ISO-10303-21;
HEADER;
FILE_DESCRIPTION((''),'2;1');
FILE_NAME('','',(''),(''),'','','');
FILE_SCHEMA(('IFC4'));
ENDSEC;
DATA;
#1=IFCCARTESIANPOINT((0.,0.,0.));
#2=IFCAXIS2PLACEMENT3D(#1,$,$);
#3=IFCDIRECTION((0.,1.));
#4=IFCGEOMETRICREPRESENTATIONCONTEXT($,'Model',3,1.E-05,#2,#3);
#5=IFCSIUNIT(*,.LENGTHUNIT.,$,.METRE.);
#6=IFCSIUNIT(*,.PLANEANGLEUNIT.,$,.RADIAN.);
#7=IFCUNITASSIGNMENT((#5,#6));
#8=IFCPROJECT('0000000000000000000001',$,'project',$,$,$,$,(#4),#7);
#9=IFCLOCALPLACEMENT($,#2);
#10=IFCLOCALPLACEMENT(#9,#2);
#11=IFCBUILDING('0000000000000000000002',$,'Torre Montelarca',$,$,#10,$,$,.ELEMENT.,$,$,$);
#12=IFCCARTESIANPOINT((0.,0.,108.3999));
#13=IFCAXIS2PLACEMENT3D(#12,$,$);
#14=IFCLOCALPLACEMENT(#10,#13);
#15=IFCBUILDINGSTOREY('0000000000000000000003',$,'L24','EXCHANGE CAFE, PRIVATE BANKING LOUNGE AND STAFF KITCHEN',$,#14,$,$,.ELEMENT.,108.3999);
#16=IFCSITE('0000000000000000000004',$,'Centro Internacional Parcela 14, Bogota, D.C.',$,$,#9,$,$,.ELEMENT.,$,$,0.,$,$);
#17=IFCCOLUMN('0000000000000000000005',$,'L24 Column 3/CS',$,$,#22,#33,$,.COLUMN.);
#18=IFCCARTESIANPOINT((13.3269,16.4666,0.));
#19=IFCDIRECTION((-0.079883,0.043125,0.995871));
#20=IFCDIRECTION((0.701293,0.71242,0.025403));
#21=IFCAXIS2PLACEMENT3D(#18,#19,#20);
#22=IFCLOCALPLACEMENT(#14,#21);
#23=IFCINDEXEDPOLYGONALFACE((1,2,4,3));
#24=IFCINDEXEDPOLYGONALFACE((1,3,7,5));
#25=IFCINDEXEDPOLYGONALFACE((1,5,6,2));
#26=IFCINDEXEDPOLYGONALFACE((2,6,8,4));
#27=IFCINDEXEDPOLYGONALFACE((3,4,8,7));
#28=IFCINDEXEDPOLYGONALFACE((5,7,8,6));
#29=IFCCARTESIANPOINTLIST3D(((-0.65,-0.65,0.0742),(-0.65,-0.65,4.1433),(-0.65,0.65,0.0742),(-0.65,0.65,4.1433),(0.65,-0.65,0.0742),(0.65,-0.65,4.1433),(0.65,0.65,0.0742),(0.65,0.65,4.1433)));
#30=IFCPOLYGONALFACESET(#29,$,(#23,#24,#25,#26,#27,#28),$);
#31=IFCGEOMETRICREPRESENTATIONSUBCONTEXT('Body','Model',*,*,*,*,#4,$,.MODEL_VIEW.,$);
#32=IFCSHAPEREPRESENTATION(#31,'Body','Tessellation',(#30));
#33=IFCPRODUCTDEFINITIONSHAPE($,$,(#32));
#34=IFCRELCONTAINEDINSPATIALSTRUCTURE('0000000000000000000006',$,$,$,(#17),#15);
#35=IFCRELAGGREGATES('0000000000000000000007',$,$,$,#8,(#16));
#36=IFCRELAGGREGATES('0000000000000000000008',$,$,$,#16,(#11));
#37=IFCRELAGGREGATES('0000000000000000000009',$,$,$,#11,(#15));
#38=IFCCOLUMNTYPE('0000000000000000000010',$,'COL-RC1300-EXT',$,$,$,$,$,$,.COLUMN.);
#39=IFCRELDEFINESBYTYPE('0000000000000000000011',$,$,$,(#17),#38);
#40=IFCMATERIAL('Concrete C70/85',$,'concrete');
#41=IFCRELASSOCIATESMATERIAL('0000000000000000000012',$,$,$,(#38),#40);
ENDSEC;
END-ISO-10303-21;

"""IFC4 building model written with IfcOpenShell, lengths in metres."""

from ifc_helpers import new_model, si_unit, direction, frame, origin, origin_2d, place, context, subcontext, project, spatial, rectangle, extrude, clip, halfspace, material, material_profile, profile_set, type_object, element, save


model = new_model("IFC4")

# Units and contexts
model_context = context("Model", 3, precision=1e-05, world=origin(), true_north=direction((0.0, 1.0)))
body_context = subcontext(model_context, "Body", "Model", "MODEL_VIEW")
ifc_project = project(units=[si_unit("LENGTHUNIT", "METRE"), si_unit("PLANEANGLEUNIT", "RADIAN")], contexts=[model_context])

# Site, building, storey
site_placement = place(None, origin())
site = spatial("IfcSite", under=ifc_project, at=site_placement, Name="Centro Internacional Parcela 14, Bogota, D.C.", CompositionType="ELEMENT", RefElevation=0.0)
building_placement = place(site_placement, origin())
building = spatial("IfcBuilding", under=site, at=building_placement, Name="Torre Montelarca", CompositionType="ELEMENT")
storey_placement = place(building_placement, frame((0.0, 0.0, 108.3999)))
storey = spatial("IfcBuildingStorey", under=building, at=storey_placement, Name="L24", Description="EXCHANGE CAFE, PRIVATE BANKING LOUNGE AND STAFF KITCHEN", CompositionType="ELEMENT", Elevation=108.3999)

# Column
ifc_material_1 = material(Name="Concrete C70/85", Category="concrete")
ifc_material_profile_1 = material_profile(ifc_material_1, rectangle(XDim=1.3, YDim=1.3, at=origin_2d()), Name="RC1300X1300", Category="concrete")
ifc_profile_set_1 = profile_set([ifc_material_profile_1], Name="Concrete C70/85")
column_type_1 = type_object("IfcColumnType", Name="COL-RC1300-EXT", PredefinedType="COLUMN", material=ifc_profile_set_1)
column_1_placement = place(storey_placement, frame((13.3269, 16.4666, 0.0), z_axis=(-0.079883, 0.043125, 0.995871), x_axis=(0.701293, 0.71242, 0.025403)))
element("IfcColumn", 1, at=column_1_placement, inside=storey, type_object=column_type_1, Name="L24 Column 3/CS", PredefinedType="COLUMN", context=body_context, shape_type="Clipping", body=[
    clip(clip(extrude(rectangle(XDim=1.3, YDim=1.3, at=origin_2d()), origin(), (0.0, 0.0, 1.0), 4.2175), halfspace(frame((0.0, 0.0, 0.0742), z_axis=(0.0, 0.0, -1.0), x_axis=(1.0, 0.0, 0.0)), False)), halfspace(frame((0.0, 0.0, 4.1433), z_axis=(0.0, 0.0, 1.0), x_axis=(1.0, 0.0, 0.0)), False)),
])

save(model, "model.ifc")
